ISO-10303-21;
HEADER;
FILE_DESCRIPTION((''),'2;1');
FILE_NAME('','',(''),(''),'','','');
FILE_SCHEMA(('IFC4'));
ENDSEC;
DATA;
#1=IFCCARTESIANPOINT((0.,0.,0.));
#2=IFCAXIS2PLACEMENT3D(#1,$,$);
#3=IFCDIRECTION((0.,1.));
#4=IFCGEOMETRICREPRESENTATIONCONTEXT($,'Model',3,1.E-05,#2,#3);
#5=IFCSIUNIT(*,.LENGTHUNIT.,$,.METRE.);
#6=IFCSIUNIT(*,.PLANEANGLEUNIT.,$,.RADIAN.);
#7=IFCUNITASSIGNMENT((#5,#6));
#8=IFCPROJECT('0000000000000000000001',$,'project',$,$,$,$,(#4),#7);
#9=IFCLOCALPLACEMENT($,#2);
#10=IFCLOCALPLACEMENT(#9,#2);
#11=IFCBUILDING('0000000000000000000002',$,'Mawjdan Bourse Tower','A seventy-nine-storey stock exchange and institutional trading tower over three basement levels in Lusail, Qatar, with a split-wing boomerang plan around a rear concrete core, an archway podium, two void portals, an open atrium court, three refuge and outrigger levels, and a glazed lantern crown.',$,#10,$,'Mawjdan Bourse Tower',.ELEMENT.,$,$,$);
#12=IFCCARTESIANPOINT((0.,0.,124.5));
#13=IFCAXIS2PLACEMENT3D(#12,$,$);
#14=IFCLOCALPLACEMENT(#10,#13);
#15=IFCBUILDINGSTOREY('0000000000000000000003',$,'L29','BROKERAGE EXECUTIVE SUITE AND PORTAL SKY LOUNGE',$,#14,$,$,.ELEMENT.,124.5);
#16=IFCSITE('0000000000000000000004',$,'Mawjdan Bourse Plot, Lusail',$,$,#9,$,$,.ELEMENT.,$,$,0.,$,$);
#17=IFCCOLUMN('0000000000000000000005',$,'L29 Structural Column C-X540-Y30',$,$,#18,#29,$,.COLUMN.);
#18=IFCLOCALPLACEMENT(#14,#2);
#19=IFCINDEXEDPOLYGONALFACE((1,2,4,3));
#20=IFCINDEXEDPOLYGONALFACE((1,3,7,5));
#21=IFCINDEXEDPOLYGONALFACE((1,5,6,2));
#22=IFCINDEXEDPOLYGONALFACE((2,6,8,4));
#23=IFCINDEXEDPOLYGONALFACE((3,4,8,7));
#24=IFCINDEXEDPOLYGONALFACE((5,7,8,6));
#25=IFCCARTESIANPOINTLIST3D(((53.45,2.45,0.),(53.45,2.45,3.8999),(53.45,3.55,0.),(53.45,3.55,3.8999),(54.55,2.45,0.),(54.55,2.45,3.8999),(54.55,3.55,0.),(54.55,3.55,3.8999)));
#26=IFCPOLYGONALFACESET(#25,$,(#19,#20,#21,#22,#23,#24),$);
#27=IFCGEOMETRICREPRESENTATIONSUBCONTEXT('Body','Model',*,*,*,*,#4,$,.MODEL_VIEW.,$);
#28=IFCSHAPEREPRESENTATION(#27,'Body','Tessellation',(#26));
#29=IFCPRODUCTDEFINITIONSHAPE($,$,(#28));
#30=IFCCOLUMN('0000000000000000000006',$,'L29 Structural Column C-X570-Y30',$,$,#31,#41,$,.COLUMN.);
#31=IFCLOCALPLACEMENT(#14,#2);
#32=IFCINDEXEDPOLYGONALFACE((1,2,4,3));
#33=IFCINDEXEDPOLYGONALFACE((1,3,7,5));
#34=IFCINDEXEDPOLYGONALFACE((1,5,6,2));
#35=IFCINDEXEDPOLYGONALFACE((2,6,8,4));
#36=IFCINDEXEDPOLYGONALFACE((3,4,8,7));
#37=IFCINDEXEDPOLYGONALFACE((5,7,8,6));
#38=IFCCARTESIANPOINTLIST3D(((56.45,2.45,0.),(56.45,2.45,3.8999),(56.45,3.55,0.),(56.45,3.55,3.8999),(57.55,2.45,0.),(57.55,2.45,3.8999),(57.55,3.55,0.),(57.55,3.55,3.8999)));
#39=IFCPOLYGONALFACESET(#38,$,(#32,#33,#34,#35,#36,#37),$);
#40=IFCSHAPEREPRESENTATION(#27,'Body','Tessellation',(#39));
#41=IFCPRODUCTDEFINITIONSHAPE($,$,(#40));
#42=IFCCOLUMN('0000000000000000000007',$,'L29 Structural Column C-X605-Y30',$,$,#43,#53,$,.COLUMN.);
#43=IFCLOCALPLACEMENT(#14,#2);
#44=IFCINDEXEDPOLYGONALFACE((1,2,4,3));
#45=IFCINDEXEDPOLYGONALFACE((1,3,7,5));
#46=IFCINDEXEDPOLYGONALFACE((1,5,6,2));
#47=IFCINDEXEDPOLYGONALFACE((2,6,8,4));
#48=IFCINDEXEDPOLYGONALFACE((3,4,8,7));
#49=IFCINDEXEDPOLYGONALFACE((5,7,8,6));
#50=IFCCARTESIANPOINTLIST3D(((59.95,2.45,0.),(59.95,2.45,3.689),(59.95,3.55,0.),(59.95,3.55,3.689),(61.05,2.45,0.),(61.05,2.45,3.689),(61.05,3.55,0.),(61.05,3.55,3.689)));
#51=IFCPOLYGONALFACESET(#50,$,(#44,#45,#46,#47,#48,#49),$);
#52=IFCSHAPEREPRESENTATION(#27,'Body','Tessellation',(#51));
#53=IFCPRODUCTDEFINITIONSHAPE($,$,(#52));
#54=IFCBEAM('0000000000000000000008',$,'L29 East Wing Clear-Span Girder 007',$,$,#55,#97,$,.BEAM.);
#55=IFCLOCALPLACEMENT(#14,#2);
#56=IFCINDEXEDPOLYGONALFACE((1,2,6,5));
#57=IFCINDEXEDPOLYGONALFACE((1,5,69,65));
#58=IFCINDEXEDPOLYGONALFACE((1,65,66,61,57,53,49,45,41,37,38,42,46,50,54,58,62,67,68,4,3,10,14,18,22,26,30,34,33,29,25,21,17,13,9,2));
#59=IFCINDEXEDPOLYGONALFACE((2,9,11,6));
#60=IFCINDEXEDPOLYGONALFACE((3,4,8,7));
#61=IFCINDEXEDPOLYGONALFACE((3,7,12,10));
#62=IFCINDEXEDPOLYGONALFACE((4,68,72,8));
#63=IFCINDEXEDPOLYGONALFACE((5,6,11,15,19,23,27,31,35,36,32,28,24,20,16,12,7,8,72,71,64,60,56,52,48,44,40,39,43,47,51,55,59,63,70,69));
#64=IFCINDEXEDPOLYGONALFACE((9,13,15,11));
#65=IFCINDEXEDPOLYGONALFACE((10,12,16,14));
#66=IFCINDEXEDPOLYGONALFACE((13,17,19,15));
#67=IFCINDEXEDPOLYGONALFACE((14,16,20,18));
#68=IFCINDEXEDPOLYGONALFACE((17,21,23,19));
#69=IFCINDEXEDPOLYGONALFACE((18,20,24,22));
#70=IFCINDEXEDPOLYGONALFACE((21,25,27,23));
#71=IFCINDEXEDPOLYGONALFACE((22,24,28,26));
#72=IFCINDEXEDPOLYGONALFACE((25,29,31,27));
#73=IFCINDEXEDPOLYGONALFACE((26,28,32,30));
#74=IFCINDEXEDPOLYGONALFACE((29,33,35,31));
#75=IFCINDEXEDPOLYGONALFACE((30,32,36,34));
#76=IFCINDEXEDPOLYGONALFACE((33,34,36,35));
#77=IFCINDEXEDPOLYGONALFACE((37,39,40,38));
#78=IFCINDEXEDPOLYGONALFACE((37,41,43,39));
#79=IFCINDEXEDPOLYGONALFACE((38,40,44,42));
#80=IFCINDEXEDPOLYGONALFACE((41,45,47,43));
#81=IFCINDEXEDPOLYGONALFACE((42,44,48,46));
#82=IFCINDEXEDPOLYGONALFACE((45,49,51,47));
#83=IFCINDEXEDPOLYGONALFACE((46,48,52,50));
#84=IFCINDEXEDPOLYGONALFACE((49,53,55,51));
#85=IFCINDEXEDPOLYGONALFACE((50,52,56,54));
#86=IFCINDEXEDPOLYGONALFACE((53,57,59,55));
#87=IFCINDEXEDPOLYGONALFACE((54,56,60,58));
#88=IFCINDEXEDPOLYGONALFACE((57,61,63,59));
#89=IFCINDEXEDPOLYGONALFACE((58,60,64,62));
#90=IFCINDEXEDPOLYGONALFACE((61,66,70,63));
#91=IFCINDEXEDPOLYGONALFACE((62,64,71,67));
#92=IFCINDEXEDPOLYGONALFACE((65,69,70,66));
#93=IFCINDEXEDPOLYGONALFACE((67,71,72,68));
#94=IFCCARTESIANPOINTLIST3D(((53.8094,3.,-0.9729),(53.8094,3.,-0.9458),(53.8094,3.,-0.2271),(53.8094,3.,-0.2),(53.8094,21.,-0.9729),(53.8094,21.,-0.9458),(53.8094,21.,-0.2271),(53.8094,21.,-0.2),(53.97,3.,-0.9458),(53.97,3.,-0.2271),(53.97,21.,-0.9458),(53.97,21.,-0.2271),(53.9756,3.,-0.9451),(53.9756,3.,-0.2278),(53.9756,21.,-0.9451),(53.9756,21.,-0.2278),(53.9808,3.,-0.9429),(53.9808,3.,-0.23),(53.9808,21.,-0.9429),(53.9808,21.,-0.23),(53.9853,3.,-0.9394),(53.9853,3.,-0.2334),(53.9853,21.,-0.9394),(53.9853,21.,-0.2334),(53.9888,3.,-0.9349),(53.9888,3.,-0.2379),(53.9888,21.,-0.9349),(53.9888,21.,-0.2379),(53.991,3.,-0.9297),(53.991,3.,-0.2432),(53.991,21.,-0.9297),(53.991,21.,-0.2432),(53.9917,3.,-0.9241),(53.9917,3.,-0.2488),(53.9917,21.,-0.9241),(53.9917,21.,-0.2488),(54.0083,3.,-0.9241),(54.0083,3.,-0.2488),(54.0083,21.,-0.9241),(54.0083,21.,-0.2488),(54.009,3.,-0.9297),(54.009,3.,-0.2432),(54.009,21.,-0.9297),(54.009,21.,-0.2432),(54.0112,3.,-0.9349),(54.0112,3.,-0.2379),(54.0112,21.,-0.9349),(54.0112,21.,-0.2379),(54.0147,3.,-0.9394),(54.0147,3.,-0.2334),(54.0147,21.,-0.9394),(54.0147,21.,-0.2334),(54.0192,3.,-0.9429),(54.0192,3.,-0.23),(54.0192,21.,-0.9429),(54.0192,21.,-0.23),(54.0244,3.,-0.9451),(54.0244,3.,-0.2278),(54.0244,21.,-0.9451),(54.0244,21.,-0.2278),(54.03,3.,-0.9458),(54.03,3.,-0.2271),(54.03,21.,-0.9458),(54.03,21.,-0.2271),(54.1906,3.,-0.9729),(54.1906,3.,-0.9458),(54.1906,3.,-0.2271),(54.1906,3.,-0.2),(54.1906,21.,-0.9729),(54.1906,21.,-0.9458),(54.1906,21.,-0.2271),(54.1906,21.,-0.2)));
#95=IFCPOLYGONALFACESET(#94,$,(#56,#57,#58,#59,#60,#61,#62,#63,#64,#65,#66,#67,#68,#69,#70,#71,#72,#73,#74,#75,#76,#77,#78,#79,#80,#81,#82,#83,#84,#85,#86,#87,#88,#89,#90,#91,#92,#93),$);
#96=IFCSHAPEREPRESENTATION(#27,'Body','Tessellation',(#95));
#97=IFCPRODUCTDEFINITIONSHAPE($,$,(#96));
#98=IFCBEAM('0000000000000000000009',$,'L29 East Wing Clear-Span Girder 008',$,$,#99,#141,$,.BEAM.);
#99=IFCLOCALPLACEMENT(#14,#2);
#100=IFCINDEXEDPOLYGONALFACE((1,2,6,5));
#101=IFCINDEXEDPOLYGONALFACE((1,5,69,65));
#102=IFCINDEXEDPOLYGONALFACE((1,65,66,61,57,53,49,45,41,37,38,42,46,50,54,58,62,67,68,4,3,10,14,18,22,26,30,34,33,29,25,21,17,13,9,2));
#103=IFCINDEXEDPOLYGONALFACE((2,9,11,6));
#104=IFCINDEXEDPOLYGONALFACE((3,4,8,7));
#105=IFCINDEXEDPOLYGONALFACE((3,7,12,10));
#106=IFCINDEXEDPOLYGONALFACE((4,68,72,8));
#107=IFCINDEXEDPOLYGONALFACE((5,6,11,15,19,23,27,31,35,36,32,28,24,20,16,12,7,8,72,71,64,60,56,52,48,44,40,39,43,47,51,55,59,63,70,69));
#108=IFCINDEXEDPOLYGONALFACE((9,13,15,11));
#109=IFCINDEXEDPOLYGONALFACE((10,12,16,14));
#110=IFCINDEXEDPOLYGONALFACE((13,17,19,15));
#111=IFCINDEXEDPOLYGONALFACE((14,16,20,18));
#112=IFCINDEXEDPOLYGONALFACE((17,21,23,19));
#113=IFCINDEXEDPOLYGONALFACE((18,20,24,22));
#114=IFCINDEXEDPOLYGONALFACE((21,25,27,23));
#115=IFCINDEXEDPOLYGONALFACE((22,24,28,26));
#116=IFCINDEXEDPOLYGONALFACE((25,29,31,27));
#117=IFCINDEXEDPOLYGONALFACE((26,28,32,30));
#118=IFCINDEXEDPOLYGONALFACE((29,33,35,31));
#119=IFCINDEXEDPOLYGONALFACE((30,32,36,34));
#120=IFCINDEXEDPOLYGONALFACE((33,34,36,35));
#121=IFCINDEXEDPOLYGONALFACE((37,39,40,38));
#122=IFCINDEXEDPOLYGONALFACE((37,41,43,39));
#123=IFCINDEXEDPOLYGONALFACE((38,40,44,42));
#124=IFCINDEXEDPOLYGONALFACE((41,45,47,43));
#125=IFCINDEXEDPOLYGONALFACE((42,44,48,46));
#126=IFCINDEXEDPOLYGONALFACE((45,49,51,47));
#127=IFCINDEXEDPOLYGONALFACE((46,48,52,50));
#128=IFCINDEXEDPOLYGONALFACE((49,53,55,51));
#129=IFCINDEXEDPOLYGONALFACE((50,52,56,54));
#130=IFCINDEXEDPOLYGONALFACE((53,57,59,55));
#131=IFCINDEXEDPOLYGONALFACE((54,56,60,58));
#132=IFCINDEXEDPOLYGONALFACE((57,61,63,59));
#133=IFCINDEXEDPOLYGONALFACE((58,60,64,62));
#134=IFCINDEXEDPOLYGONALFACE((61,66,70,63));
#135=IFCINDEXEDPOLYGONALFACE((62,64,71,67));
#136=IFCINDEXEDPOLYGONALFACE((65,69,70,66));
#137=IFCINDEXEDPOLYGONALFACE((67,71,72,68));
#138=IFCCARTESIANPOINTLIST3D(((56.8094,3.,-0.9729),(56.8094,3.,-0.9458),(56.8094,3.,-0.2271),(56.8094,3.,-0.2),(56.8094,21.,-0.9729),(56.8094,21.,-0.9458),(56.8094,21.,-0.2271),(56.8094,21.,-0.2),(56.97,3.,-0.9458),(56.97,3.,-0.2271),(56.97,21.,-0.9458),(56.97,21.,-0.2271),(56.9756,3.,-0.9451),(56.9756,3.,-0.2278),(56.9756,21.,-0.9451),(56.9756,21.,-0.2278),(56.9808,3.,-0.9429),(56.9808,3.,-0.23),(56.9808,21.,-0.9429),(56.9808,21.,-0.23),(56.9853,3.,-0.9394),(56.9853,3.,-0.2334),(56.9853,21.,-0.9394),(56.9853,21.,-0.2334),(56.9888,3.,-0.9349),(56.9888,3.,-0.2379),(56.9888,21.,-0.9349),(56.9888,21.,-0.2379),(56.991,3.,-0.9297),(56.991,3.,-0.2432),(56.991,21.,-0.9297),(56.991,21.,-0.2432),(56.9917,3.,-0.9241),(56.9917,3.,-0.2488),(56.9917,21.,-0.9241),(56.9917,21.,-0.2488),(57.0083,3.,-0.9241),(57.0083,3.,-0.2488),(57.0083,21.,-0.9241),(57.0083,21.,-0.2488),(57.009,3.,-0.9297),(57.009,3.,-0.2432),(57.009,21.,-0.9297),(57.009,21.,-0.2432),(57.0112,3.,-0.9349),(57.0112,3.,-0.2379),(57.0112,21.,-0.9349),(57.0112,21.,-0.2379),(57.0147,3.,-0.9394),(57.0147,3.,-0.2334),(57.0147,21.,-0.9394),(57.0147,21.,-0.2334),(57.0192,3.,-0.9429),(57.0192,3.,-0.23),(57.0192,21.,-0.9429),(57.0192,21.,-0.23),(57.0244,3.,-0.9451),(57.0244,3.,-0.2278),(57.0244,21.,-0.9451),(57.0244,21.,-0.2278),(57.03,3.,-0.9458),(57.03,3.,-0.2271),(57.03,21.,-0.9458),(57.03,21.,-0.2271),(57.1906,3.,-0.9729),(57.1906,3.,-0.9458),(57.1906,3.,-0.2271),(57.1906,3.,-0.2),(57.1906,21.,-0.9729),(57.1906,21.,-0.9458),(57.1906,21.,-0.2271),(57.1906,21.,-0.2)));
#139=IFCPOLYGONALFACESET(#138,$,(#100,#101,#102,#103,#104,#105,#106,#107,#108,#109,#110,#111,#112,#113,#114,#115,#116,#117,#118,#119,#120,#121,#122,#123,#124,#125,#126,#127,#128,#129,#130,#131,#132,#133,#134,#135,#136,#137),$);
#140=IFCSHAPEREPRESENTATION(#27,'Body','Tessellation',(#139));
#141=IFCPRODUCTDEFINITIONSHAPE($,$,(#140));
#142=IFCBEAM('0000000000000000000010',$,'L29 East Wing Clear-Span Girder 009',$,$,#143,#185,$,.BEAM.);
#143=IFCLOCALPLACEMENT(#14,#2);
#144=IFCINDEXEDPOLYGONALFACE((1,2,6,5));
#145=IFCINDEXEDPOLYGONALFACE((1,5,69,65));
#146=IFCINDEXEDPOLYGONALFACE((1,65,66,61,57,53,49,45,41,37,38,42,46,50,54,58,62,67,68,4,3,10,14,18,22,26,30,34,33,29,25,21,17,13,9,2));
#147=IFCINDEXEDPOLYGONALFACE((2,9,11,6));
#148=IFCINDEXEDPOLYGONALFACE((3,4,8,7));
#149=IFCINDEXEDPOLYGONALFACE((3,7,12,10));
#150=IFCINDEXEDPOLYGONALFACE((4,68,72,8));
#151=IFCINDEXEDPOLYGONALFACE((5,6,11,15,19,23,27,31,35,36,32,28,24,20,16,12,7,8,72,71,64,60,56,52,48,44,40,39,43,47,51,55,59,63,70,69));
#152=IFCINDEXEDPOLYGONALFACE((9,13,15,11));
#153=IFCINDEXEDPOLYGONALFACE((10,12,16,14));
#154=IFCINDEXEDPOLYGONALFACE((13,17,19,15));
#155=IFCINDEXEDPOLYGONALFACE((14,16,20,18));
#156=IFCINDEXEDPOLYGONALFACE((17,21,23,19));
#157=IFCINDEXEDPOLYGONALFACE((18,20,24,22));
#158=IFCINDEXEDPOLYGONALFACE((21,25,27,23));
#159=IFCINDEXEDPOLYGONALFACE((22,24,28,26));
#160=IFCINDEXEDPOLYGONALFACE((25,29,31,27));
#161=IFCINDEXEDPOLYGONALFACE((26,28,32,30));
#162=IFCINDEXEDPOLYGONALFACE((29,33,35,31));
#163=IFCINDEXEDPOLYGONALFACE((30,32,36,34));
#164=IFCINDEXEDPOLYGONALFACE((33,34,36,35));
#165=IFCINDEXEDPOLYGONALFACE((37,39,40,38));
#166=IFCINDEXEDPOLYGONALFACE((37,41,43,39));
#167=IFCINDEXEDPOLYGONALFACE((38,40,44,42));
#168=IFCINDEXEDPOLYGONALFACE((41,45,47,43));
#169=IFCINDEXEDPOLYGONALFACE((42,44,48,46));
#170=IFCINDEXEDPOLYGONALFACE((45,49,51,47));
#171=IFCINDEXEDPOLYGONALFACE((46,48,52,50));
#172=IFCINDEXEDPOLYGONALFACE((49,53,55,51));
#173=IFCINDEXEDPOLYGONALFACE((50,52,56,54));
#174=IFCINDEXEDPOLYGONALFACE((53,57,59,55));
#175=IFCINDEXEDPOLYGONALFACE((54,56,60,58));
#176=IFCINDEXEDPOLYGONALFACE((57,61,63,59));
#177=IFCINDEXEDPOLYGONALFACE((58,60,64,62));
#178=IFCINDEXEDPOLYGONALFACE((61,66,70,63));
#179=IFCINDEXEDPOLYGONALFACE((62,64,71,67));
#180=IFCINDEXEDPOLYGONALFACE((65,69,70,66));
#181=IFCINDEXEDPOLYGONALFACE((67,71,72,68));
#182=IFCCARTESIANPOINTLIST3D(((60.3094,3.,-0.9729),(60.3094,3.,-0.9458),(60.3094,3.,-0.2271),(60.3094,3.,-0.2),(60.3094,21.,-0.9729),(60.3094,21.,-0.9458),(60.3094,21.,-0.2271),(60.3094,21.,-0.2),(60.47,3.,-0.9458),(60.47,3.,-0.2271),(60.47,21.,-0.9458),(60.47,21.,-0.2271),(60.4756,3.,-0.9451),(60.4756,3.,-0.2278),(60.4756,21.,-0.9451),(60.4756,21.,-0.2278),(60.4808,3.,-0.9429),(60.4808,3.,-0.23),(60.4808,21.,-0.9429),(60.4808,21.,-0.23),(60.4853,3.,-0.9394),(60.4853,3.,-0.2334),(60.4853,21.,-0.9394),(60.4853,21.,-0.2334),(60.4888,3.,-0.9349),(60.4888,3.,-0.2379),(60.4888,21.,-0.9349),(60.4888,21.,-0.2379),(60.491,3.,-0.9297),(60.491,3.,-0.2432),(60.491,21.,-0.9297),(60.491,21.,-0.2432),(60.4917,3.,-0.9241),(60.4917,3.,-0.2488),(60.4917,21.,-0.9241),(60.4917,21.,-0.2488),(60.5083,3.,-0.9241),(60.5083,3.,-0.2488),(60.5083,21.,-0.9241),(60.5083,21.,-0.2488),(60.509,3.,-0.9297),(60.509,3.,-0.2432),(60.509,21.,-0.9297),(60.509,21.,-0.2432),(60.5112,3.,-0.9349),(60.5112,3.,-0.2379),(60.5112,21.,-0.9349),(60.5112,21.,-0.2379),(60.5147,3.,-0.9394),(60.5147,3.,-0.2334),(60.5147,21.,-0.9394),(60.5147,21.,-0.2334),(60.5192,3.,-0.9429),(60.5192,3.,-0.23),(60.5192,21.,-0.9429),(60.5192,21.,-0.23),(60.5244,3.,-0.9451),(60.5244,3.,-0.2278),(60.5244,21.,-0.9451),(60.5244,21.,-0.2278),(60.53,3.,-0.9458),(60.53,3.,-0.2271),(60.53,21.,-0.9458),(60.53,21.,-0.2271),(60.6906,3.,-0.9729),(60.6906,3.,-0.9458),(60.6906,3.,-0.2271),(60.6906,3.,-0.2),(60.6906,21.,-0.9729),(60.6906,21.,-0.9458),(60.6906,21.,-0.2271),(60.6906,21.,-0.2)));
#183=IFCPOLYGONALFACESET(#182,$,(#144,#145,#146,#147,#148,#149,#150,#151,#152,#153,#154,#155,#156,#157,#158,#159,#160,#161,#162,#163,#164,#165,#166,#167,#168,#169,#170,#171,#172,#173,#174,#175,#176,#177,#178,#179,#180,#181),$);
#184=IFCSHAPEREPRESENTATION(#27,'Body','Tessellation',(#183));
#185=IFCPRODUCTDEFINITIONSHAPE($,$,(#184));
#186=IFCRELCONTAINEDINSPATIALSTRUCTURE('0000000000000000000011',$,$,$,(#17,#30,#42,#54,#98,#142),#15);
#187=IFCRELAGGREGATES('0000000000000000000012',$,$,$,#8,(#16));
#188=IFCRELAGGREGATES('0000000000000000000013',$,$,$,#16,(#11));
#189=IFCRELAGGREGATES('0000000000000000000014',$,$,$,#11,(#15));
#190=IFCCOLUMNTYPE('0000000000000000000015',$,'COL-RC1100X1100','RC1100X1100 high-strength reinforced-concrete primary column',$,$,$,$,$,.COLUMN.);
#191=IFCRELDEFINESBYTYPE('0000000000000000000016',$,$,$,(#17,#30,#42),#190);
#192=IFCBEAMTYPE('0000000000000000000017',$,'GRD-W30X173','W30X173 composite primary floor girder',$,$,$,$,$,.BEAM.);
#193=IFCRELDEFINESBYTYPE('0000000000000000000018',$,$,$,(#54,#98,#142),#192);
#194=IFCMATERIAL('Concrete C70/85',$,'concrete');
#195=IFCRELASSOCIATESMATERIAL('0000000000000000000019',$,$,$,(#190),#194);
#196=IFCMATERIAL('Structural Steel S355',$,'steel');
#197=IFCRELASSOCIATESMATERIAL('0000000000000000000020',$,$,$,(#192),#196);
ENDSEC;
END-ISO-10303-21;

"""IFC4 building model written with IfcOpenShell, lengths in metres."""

from ifc_helpers import new_model, si_unit, direction, frame, origin, origin_2d, place, context, subcontext, project, spatial, rectangle, i_section, extrude, material, material_profile, profile_set, type_object, element, save


model = new_model("IFC4")

# Units and contexts
model_context = context("Model", 3, precision=1e-05, world=origin(), true_north=direction((0.0, 1.0)))
body_context = subcontext(model_context, "Body", "Model", "MODEL_VIEW")
ifc_project = project(units=[si_unit("LENGTHUNIT", "METRE"), si_unit("PLANEANGLEUNIT", "RADIAN")], contexts=[model_context])

# Site, building, storey
site_placement = place(None, origin())
site = spatial("IfcSite", under=ifc_project, at=site_placement, Name="Mawjdan Bourse Plot, Lusail", CompositionType="ELEMENT", RefElevation=0.0)
building_placement = place(site_placement, origin())
building = spatial("IfcBuilding", under=site, at=building_placement, Name="Mawjdan Bourse Tower", Description="A seventy-nine-storey stock exchange and institutional trading tower over three basement levels in Lusail, Qatar, with a split-wing boomerang plan around a rear concrete core, an archway podium, two void portals, an open atrium court, three refuge and outrigger levels, and a glazed lantern crown.", LongName="Mawjdan Bourse Tower", CompositionType="ELEMENT")
storey_placement = place(building_placement, frame((0.0, 0.0, 124.5)))
storey = spatial("IfcBuildingStorey", under=building, at=storey_placement, Name="L29", Description="BROKERAGE EXECUTIVE SUITE AND PORTAL SKY LOUNGE", CompositionType="ELEMENT", Elevation=124.5)

# Columns
ifc_material_1 = material(Name="Concrete C70/85", Category="concrete")
ifc_material_profile_1 = material_profile(ifc_material_1, rectangle(XDim=1.1001, YDim=1.1001, at=origin_2d()), Name="RC1100X1100")
ifc_profile_set_1 = profile_set([ifc_material_profile_1], Name="Concrete C70/85")
column_type = type_object("IfcColumnType", Name="COL-RC1100X1100", Description="RC1100X1100 high-strength reinforced-concrete primary column", PredefinedType="COLUMN", material=ifc_profile_set_1)
for number, where, z_axis, x_axis, name in (
    (1, (54.0, 3.0, 0.0), (0.0, 0.0, 1.0), (1.0, 0.0, 0.0), "L29 Structural Column C-X540-Y30"),
    (2, (57.0, 3.0, 0.0), (0.0, 0.0, 1.0), (1.0, 0.0, 0.0), "L29 Structural Column C-X570-Y30"),
):
    element("IfcColumn", number, at=place(storey_placement, frame(where, z_axis=z_axis, x_axis=x_axis)), inside=storey, type_object=column_type, Name=name, PredefinedType="COLUMN", context=body_context, shape_type="SweptSolid", body=[
        extrude(rectangle(XDim=1.1001, YDim=1.1001, at=origin_2d()), origin(), (0.0, 0.0, 1.0), 3.8999),
    ])
column_placement = place(storey_placement, frame((60.5, 3.0, 0.0), z_axis=(0.0, 0.0, 1.0), x_axis=(1.0, 0.0, 0.0)))
element("IfcColumn", 3, at=column_placement, inside=storey, type_object=column_type, Name="L29 Structural Column C-X605-Y30", PredefinedType="COLUMN", context=body_context, shape_type="SweptSolid", body=[
    extrude(rectangle(XDim=1.1001, YDim=1.1001, at=origin_2d()), origin(), (0.0, 0.0, 1.0), 3.689),
])

# Beams
ifc_material_2 = material(Name="Structural Steel S355", Category="steel")
ifc_material_profile_2 = material_profile(ifc_material_2, i_section(OverallWidth=0.3811, OverallDepth=0.7729, WebThickness=0.0166, FlangeThickness=0.0271, FilletRadius=0.0217, at=origin_2d()), Name="W30X173")
ifc_profile_set_2 = profile_set([ifc_material_profile_2], Name="Structural Steel S355")
beam_type_1 = type_object("IfcBeamType", Name="GRD-W30X173", Description="W30X173 composite primary floor girder", PredefinedType="BEAM", material=ifc_profile_set_2)
for number, where, z_axis, x_axis, name in (
    (4, (54.0, 3.0, -0.5864), (0.0, 1.0, 0.0), (-1.0, 0.0, 0.0), "L29 East Wing Clear-Span Girder 007"),
    (5, (57.0, 3.0, -0.5864), (0.0, 1.0, 0.0), (-1.0, 0.0, 0.0), "L29 East Wing Clear-Span Girder 008"),
    (6, (60.5, 3.0, -0.5864), (0.0, 1.0, 0.0), (-1.0, 0.0, 0.0), "L29 East Wing Clear-Span Girder 009"),
):
    element("IfcBeam", number, at=place(storey_placement, frame(where, z_axis=z_axis, x_axis=x_axis)), inside=storey, type_object=beam_type_1, Name=name, PredefinedType="BEAM", context=body_context, shape_type="SweptSolid", body=[
        extrude(i_section(OverallWidth=0.3811, OverallDepth=0.7729, WebThickness=0.0166, FlangeThickness=0.0271, FilletRadius=0.0217, at=origin_2d()), origin(), (0.0, 0.0, 1.0), 18.0),
    ])

save(model, "model.ifc")
